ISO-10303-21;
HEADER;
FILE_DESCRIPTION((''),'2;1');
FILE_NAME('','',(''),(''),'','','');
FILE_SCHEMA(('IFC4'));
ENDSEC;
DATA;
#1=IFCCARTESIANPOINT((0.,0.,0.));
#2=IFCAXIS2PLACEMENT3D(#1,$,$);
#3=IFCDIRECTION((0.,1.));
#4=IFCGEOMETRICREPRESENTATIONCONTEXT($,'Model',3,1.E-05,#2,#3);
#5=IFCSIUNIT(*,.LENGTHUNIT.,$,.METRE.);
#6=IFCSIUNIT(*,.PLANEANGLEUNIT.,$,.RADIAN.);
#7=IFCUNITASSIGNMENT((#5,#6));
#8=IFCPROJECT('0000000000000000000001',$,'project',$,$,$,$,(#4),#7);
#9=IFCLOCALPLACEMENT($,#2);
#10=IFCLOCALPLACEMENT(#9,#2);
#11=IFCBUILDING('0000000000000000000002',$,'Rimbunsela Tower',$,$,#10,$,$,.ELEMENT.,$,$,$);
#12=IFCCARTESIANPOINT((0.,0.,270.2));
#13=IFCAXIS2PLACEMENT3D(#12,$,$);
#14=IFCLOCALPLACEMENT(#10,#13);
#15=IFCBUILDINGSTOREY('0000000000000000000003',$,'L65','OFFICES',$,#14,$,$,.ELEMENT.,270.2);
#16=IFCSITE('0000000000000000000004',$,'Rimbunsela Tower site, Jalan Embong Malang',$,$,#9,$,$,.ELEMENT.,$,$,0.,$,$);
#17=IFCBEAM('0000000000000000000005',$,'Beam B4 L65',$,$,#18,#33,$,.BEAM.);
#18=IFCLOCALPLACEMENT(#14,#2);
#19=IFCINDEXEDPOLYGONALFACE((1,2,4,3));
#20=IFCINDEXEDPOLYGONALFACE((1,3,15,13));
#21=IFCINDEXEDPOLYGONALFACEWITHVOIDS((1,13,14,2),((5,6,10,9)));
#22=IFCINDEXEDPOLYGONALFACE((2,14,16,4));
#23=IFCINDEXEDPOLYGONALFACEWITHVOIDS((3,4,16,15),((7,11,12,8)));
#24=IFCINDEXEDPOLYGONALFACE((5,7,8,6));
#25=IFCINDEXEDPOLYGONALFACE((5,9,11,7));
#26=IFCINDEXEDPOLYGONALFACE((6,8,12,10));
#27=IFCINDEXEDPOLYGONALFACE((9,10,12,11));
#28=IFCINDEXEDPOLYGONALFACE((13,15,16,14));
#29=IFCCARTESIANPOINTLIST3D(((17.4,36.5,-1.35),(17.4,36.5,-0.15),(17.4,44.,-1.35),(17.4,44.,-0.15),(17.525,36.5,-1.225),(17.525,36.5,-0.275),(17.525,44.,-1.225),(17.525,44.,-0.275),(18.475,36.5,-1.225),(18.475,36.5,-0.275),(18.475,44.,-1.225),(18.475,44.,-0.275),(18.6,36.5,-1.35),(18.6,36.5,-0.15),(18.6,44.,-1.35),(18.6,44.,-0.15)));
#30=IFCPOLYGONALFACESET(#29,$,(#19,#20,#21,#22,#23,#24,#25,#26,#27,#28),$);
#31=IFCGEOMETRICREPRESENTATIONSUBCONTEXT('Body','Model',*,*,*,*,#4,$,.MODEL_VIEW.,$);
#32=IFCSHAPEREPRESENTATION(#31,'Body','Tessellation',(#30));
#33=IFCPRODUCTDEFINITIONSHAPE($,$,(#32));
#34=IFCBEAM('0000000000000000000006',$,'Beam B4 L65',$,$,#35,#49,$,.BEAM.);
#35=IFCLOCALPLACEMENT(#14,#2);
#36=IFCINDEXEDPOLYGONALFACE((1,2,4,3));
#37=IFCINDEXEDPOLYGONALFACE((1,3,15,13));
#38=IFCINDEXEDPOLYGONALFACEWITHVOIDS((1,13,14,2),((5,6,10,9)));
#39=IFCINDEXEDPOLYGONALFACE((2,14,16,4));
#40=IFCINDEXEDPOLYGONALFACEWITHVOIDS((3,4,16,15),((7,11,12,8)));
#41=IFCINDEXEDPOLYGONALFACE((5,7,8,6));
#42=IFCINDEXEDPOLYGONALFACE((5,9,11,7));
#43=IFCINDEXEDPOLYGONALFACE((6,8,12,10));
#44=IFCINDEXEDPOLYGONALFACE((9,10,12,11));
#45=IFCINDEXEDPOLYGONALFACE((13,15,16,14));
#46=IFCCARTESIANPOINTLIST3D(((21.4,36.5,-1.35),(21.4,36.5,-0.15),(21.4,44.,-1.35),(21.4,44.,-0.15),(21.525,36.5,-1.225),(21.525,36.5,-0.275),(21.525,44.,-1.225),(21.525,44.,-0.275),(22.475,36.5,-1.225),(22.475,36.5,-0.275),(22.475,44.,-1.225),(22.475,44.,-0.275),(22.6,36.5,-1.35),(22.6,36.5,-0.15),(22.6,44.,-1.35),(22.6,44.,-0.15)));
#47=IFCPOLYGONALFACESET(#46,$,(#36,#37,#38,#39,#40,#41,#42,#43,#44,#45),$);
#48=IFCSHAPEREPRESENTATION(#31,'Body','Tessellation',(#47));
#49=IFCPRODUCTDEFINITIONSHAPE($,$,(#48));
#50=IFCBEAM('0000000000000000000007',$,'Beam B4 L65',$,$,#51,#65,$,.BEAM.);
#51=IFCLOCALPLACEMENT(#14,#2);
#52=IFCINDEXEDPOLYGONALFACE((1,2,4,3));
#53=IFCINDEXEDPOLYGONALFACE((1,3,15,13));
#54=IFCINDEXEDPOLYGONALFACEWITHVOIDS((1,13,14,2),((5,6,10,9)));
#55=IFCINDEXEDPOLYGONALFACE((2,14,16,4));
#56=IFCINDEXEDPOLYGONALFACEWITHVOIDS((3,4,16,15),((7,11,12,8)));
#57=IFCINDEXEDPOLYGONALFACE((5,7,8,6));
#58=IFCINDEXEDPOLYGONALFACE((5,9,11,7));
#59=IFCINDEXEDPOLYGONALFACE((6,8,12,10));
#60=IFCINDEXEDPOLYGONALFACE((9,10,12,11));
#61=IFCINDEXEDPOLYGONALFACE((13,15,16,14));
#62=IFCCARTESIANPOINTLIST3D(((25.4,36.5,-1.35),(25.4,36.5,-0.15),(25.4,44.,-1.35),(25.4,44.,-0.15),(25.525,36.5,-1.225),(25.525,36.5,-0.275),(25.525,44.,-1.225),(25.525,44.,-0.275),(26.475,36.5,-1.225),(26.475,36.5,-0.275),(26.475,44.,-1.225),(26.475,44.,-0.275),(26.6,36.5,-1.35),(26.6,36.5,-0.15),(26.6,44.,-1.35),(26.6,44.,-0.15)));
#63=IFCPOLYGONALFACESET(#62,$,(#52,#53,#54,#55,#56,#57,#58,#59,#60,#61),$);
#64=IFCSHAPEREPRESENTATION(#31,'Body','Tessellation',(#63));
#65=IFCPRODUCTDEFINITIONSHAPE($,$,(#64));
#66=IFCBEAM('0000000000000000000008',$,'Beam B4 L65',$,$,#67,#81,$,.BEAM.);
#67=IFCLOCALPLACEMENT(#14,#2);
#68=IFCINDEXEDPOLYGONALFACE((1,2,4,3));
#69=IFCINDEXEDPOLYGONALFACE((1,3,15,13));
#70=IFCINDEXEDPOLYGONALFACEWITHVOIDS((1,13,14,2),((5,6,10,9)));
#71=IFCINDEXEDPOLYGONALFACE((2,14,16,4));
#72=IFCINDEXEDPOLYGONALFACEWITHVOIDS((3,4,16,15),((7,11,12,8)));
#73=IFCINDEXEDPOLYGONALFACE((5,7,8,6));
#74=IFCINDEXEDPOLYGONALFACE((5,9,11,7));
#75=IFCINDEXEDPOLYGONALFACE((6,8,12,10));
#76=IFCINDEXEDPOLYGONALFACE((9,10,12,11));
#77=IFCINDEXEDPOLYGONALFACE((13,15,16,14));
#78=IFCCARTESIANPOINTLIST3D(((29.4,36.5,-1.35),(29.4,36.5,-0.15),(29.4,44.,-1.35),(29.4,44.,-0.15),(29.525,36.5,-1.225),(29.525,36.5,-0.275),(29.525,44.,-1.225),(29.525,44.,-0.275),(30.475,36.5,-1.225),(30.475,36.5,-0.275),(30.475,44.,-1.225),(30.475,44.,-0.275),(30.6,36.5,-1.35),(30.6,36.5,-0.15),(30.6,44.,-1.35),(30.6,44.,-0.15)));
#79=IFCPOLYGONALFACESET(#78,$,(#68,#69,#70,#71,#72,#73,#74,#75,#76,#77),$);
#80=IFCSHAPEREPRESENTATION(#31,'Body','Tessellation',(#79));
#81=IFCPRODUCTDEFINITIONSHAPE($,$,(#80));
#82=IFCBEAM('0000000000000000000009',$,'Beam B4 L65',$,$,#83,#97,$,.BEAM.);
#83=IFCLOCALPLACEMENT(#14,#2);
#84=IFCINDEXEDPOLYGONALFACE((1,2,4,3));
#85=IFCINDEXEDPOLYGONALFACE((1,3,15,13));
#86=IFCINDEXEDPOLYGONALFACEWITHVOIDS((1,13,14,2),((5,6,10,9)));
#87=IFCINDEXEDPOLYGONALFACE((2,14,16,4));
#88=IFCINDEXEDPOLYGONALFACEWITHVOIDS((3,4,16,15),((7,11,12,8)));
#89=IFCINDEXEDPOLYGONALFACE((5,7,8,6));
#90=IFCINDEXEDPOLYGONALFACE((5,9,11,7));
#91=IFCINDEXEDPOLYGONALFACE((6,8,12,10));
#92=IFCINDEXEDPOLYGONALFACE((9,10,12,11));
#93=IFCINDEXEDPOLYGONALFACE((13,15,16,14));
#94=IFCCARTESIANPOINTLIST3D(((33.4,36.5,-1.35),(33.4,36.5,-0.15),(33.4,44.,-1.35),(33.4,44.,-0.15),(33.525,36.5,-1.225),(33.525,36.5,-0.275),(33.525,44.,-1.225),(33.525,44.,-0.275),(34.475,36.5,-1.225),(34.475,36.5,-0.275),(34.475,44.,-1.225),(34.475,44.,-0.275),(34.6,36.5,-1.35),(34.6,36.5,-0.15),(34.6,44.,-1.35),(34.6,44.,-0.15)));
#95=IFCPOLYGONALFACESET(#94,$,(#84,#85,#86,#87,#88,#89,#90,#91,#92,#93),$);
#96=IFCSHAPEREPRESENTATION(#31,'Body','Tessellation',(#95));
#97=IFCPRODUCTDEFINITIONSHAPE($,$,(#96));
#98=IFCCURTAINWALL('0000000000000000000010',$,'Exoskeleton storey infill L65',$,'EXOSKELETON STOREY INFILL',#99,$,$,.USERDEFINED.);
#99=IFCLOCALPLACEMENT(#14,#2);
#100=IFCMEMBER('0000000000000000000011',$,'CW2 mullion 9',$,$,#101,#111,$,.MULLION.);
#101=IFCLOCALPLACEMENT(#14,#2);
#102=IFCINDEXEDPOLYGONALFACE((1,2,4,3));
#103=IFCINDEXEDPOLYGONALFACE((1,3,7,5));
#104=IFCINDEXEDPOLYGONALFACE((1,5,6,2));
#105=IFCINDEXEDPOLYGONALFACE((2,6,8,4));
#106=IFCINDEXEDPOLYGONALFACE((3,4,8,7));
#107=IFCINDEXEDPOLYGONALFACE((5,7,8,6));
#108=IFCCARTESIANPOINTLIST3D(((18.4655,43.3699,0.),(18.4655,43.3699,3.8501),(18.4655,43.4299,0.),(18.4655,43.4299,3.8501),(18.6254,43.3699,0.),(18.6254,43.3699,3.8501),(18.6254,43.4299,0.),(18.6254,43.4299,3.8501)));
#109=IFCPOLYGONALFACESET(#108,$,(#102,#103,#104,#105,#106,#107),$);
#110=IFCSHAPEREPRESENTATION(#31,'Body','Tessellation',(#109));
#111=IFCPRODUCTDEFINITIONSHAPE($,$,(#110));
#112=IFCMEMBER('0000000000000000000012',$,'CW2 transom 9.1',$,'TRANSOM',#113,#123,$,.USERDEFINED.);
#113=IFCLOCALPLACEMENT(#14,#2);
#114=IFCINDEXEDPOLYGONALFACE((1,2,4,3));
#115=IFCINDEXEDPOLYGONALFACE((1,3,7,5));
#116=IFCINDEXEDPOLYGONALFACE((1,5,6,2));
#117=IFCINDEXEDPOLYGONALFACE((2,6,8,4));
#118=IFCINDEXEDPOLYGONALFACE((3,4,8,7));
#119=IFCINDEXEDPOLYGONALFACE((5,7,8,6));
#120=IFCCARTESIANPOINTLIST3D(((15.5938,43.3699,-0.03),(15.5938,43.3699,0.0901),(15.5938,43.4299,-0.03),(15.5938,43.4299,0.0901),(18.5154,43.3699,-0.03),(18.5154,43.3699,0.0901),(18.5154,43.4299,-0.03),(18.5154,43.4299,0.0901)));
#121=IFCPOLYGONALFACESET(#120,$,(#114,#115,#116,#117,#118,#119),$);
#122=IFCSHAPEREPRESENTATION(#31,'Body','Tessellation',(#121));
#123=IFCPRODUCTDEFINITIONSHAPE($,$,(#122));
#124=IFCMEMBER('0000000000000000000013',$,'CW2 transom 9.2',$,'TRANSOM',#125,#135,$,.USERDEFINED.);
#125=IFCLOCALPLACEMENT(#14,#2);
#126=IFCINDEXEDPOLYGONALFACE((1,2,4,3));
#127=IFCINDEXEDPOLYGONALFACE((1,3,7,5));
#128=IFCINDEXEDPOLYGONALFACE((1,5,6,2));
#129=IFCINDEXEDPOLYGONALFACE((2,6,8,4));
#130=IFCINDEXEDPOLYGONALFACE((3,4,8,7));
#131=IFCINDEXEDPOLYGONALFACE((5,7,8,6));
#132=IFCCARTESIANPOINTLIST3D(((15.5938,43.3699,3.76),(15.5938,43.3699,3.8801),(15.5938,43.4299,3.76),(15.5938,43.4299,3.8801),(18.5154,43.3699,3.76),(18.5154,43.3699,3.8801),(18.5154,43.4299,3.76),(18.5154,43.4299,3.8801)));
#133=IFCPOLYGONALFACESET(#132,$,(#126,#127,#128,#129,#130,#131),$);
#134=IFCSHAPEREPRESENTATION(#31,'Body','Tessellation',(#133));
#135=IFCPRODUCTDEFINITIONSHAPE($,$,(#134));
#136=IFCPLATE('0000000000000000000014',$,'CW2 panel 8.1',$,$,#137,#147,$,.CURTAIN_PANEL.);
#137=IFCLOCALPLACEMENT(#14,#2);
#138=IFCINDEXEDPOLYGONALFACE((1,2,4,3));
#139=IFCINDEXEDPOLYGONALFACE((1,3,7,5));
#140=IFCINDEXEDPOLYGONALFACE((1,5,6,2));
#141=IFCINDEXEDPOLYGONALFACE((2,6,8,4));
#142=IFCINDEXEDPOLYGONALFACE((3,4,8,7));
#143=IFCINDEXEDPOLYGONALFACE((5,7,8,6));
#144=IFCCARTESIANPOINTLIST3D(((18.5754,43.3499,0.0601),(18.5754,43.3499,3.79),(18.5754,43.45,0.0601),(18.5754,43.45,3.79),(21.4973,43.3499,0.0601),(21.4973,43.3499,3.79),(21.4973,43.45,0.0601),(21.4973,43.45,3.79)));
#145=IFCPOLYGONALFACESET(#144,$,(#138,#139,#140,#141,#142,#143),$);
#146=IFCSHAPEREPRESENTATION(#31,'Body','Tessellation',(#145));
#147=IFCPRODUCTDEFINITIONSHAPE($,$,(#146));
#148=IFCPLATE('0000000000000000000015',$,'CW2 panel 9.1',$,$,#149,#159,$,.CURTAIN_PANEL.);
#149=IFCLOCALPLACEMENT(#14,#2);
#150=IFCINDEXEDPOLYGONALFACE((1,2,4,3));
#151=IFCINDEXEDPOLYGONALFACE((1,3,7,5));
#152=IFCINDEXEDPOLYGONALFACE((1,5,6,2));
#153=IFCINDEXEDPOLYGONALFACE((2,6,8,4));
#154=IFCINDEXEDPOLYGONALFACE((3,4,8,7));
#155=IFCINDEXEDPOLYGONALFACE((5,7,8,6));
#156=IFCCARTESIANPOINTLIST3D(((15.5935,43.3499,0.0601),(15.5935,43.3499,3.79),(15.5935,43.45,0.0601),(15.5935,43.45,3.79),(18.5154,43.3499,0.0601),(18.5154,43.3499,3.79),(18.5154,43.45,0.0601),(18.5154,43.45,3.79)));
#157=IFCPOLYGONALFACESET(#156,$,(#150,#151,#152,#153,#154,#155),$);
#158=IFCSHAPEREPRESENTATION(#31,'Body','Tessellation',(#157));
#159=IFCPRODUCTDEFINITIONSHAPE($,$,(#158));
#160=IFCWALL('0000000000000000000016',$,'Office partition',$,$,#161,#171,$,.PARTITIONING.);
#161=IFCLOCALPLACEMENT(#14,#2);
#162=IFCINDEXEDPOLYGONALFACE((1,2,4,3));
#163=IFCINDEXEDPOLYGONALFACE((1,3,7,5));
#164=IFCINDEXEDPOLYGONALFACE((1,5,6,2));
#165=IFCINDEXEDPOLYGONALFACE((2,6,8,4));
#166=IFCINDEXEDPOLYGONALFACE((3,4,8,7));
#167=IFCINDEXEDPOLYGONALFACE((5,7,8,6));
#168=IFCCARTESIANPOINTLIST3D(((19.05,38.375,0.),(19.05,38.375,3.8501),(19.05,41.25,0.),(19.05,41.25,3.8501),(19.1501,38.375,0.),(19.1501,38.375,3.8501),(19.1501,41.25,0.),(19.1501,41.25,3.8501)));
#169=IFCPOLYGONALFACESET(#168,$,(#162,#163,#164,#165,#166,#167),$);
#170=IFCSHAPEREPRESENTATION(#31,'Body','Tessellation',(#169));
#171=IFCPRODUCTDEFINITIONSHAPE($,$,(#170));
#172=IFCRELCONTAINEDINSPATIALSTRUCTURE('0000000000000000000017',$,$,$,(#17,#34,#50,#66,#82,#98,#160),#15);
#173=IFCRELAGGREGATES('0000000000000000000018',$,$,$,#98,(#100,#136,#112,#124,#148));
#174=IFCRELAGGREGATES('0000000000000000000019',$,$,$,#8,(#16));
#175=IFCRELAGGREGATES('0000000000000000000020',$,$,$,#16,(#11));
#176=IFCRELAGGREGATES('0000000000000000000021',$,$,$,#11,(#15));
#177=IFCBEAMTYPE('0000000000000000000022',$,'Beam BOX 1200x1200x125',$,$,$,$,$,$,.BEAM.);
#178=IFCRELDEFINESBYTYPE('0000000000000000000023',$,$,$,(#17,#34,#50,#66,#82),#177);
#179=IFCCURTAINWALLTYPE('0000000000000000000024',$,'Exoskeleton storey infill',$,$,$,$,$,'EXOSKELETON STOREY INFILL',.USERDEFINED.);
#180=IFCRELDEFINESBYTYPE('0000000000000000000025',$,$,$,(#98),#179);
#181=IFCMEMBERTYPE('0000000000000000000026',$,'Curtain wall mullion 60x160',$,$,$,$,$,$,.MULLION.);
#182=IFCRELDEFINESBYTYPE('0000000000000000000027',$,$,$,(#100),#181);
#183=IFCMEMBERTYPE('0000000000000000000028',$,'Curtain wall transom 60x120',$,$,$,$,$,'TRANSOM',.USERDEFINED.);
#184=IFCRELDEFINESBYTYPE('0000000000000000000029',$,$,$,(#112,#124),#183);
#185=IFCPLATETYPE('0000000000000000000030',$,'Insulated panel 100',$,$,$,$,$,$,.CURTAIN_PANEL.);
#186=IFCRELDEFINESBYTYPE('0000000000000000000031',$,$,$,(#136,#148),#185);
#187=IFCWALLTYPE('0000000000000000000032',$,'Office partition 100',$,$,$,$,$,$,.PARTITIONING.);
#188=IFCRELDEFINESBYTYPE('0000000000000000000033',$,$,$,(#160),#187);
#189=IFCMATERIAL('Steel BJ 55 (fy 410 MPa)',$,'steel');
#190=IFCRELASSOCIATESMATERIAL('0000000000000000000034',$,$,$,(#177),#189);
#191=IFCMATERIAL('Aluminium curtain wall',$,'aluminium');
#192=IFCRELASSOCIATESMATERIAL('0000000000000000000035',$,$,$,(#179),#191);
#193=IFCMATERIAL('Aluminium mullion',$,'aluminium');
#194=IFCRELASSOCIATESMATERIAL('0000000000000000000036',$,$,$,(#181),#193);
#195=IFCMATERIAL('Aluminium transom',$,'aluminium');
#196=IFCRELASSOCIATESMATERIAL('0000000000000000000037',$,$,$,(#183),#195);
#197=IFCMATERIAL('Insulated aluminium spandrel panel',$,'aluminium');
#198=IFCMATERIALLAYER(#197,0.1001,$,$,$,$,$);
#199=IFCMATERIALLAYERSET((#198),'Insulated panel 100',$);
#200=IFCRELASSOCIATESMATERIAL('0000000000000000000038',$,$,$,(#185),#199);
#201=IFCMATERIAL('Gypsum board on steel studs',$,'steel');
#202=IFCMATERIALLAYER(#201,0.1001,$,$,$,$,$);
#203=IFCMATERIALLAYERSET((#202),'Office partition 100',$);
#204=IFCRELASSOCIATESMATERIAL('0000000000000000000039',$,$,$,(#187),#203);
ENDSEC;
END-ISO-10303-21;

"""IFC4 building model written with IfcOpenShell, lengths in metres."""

from ifc_helpers import new_model, si_unit, direction, frame, frame_2d, origin, origin_2d, place, context, subcontext, project, spatial, rectangle, hollow_rectangle, extrude, material, layer, layer_set, material_profile, profile_set, type_object, element, aggregate, save


model = new_model("IFC4")

# Units and contexts
model_context = context("Model", 3, precision=1e-05, world=origin(), true_north=direction((0.0, 1.0)))
body_context = subcontext(model_context, "Body", "Model", "MODEL_VIEW")
ifc_project = project(units=[si_unit("LENGTHUNIT", "METRE"), si_unit("PLANEANGLEUNIT", "RADIAN")], contexts=[model_context])

# Site, building, storey
site_placement = place(None, origin())
site = spatial("IfcSite", under=ifc_project, at=site_placement, Name="Rimbunsela Tower site, Jalan Embong Malang", CompositionType="ELEMENT", RefElevation=0.0)
building_placement = place(site_placement, origin())
building = spatial("IfcBuilding", under=site, at=building_placement, Name="Rimbunsela Tower", CompositionType="ELEMENT")
storey_placement = place(building_placement, frame((0.0, 0.0, 270.2)))
storey = spatial("IfcBuildingStorey", under=building, at=storey_placement, Name="L65", Description="OFFICES", CompositionType="ELEMENT", Elevation=270.2)

# Beams
ifc_material_1 = material(Name="Steel BJ 55 (fy 410 MPa)", Category="steel")
ifc_material_profile_1 = material_profile(ifc_material_1, hollow_rectangle(XDim=1.2, YDim=1.2, WallThickness=0.125, at=origin_2d()), Name="BOX 1200x1200x125")
ifc_profile_set_1 = profile_set([ifc_material_profile_1], Name="Steel BJ 55 (fy 410 MPa)")
beam_type = type_object("IfcBeamType", Name="Beam BOX 1200x1200x125", PredefinedType="BEAM", material=ifc_profile_set_1)
for number, where, z_axis, x_axis, name in (
    (1, (18.0, 36.5, -0.75), (0.0, 1.0, 0.0), (-1.0, 0.0, 0.0), "Beam B4 L65"),
    (2, (22.0, 36.5, -0.75), (0.0, 1.0, 0.0), (-1.0, 0.0, 0.0), "Beam B4 L65"),
    (3, (26.0, 36.5, -0.75), (0.0, 1.0, 0.0), (-1.0, 0.0, 0.0), "Beam B4 L65"),
    (4, (30.0, 36.5, -0.75), (0.0, 1.0, 0.0), (-1.0, 0.0, 0.0), "Beam B4 L65"),
    (5, (34.0, 36.5, -0.75), (0.0, 1.0, 0.0), (-1.0, 0.0, 0.0), "Beam B4 L65"),
):
    element("IfcBeam", number, at=place(storey_placement, frame(where, z_axis=z_axis, x_axis=x_axis)), inside=storey, type_object=beam_type, Name=name, PredefinedType="BEAM", context=body_context, shape_type="SweptSolid", body=[
        extrude(hollow_rectangle(XDim=1.2, YDim=1.2, WallThickness=0.125, at=origin_2d()), origin(), (0.0, 0.0, 1.0), 7.5),
    ])

# Curtain wall, members, plates
ifc_material_2 = material(Name="Aluminium curtain wall", Category="aluminium")
curtain_wall_type = type_object("IfcCurtainWallType", Name="Exoskeleton storey infill", ElementType="EXOSKELETON STOREY INFILL", PredefinedType="USERDEFINED", material=ifc_material_2)
curtain_wall_placement = place(storey_placement, origin())
curtain_wall = element("IfcCurtainWall", 6, at=curtain_wall_placement, inside=storey, type_object=curtain_wall_type, Name="Exoskeleton storey infill L65", ObjectType="EXOSKELETON STOREY INFILL", PredefinedType="USERDEFINED")
ifc_material_3 = material(Name="Aluminium mullion", Category="aluminium")
ifc_material_profile_2 = material_profile(ifc_material_3, rectangle(XDim=0.0601, YDim=0.1599, at=origin_2d()), Name="Mullion 60x160")
ifc_profile_set_2 = profile_set([ifc_material_profile_2], Name="Aluminium mullion")
member_type_1 = type_object("IfcMemberType", Name="Curtain wall mullion 60x160", PredefinedType="MULLION", material=ifc_profile_set_2)
member_1_placement = place(storey_placement, frame((18.5454, 43.3999, 0.0), z_axis=(0.0, 0.0, 1.0), x_axis=(0.0, -1.0, 0.0)))
member_1 = element("IfcMember", 7, at=member_1_placement, type_object=member_type_1, Name="CW2 mullion 9", PredefinedType="MULLION", context=body_context, shape_type="SweptSolid", body=[
    extrude(rectangle(XDim=0.0601, YDim=0.1599, at=origin_2d()), origin(), (0.0, 0.0, 1.0), 3.8501),
])
ifc_material_4 = material(Name="Aluminium transom", Category="aluminium")
ifc_material_profile_3 = material_profile(ifc_material_4, rectangle(XDim=0.0601, YDim=0.1201, at=origin_2d()), Name="Transom 60x120")
ifc_profile_set_3 = profile_set([ifc_material_profile_3], Name="Aluminium transom")
member_type_2 = type_object("IfcMemberType", Name="Curtain wall transom 60x120", ElementType="TRANSOM", PredefinedType="USERDEFINED", material=ifc_profile_set_3)
member_2_placement = place(storey_placement, frame((18.5154, 43.3999, 0.03), z_axis=(-1.0, 0.0, 0.0), x_axis=(0.0, -1.0, 0.0)))
member_2 = element("IfcMember", 8, at=member_2_placement, type_object=member_type_2, Name="CW2 transom 9.1", ObjectType="TRANSOM", PredefinedType="USERDEFINED", context=body_context, shape_type="SweptSolid", body=[
    extrude(rectangle(XDim=0.0601, YDim=0.1201, at=origin_2d()), origin(), (0.0, 0.0, 1.0), 2.9216),
])
member_3_placement = place(storey_placement, frame((18.5154, 43.3999, 3.8201), z_axis=(-1.0, 0.0, 0.0), x_axis=(0.0, -1.0, 0.0)))
member_3 = element("IfcMember", 9, at=member_3_placement, type_object=member_type_2, Name="CW2 transom 9.2", ObjectType="TRANSOM", PredefinedType="USERDEFINED", context=body_context, shape_type="SweptSolid", body=[
    extrude(rectangle(XDim=0.0601, YDim=0.1201, at=origin_2d()), origin(), (0.0, 0.0, 1.0), 2.9216),
])
ifc_material_5 = material(Name="Insulated aluminium spandrel panel", Category="aluminium")
ifc_layer_1 = layer(ifc_material_5, 0.1001)
ifc_layer_set_1 = layer_set([ifc_layer_1], Name="Insulated panel 100")
plate_type = type_object("IfcPlateType", Name="Insulated panel 100", PredefinedType="CURTAIN_PANEL", material=ifc_layer_set_1)
plate_1_placement = place(storey_placement, frame((20.0364, 43.3999, 0.0601), z_axis=(0.0, 0.0, 1.0), x_axis=(-1.0, 0.0, 0.0)))
plate_1 = element("IfcPlate", 10, at=plate_1_placement, type_object=plate_type, Name="CW2 panel 8.1", PredefinedType="CURTAIN_PANEL", context=body_context, shape_type="SweptSolid", body=[
    extrude(rectangle(XDim=2.9219, YDim=0.1001, at=origin_2d()), origin(), (0.0, 0.0, 1.0), 3.73),
])
plate_2_placement = place(storey_placement, frame((17.0544, 43.3999, 0.0601), z_axis=(0.0, 0.0, 1.0), x_axis=(-1.0, 0.0, 0.0)))
plate_2 = element("IfcPlate", 11, at=plate_2_placement, type_object=plate_type, Name="CW2 panel 9.1", PredefinedType="CURTAIN_PANEL", context=body_context, shape_type="SweptSolid", body=[
    extrude(rectangle(XDim=2.9219, YDim=0.1001, at=origin_2d()), origin(), (0.0, 0.0, 1.0), 3.73),
])
aggregate(curtain_wall, [member_1, plate_1, member_2, member_3, plate_2])

# Wall
ifc_material_6 = material(Name="Gypsum board on steel studs", Category="steel")
ifc_layer_2 = layer(ifc_material_6, 0.1001)
ifc_layer_set_2 = layer_set([ifc_layer_2], Name="Office partition 100")
wall_type_1 = type_object("IfcWallType", Name="Office partition 100", PredefinedType="PARTITIONING", material=ifc_layer_set_2)
wall_1_placement = place(storey_placement, frame((19.1001, 38.375, 0.0), z_axis=(0.0, 0.0, 1.0), x_axis=(0.0, 1.0, 0.0)))
element("IfcWall", 12, at=wall_1_placement, inside=storey, type_object=wall_type_1, Name="Office partition", PredefinedType="PARTITIONING", context=body_context, shape_type="SweptSolid", body=[
    extrude(rectangle(XDim=2.875, YDim=0.1001, at=frame_2d((1.4375, 0.0))), origin(), (0.0, 0.0, 1.0), 3.8501),
])

save(model, "model.ifc")
